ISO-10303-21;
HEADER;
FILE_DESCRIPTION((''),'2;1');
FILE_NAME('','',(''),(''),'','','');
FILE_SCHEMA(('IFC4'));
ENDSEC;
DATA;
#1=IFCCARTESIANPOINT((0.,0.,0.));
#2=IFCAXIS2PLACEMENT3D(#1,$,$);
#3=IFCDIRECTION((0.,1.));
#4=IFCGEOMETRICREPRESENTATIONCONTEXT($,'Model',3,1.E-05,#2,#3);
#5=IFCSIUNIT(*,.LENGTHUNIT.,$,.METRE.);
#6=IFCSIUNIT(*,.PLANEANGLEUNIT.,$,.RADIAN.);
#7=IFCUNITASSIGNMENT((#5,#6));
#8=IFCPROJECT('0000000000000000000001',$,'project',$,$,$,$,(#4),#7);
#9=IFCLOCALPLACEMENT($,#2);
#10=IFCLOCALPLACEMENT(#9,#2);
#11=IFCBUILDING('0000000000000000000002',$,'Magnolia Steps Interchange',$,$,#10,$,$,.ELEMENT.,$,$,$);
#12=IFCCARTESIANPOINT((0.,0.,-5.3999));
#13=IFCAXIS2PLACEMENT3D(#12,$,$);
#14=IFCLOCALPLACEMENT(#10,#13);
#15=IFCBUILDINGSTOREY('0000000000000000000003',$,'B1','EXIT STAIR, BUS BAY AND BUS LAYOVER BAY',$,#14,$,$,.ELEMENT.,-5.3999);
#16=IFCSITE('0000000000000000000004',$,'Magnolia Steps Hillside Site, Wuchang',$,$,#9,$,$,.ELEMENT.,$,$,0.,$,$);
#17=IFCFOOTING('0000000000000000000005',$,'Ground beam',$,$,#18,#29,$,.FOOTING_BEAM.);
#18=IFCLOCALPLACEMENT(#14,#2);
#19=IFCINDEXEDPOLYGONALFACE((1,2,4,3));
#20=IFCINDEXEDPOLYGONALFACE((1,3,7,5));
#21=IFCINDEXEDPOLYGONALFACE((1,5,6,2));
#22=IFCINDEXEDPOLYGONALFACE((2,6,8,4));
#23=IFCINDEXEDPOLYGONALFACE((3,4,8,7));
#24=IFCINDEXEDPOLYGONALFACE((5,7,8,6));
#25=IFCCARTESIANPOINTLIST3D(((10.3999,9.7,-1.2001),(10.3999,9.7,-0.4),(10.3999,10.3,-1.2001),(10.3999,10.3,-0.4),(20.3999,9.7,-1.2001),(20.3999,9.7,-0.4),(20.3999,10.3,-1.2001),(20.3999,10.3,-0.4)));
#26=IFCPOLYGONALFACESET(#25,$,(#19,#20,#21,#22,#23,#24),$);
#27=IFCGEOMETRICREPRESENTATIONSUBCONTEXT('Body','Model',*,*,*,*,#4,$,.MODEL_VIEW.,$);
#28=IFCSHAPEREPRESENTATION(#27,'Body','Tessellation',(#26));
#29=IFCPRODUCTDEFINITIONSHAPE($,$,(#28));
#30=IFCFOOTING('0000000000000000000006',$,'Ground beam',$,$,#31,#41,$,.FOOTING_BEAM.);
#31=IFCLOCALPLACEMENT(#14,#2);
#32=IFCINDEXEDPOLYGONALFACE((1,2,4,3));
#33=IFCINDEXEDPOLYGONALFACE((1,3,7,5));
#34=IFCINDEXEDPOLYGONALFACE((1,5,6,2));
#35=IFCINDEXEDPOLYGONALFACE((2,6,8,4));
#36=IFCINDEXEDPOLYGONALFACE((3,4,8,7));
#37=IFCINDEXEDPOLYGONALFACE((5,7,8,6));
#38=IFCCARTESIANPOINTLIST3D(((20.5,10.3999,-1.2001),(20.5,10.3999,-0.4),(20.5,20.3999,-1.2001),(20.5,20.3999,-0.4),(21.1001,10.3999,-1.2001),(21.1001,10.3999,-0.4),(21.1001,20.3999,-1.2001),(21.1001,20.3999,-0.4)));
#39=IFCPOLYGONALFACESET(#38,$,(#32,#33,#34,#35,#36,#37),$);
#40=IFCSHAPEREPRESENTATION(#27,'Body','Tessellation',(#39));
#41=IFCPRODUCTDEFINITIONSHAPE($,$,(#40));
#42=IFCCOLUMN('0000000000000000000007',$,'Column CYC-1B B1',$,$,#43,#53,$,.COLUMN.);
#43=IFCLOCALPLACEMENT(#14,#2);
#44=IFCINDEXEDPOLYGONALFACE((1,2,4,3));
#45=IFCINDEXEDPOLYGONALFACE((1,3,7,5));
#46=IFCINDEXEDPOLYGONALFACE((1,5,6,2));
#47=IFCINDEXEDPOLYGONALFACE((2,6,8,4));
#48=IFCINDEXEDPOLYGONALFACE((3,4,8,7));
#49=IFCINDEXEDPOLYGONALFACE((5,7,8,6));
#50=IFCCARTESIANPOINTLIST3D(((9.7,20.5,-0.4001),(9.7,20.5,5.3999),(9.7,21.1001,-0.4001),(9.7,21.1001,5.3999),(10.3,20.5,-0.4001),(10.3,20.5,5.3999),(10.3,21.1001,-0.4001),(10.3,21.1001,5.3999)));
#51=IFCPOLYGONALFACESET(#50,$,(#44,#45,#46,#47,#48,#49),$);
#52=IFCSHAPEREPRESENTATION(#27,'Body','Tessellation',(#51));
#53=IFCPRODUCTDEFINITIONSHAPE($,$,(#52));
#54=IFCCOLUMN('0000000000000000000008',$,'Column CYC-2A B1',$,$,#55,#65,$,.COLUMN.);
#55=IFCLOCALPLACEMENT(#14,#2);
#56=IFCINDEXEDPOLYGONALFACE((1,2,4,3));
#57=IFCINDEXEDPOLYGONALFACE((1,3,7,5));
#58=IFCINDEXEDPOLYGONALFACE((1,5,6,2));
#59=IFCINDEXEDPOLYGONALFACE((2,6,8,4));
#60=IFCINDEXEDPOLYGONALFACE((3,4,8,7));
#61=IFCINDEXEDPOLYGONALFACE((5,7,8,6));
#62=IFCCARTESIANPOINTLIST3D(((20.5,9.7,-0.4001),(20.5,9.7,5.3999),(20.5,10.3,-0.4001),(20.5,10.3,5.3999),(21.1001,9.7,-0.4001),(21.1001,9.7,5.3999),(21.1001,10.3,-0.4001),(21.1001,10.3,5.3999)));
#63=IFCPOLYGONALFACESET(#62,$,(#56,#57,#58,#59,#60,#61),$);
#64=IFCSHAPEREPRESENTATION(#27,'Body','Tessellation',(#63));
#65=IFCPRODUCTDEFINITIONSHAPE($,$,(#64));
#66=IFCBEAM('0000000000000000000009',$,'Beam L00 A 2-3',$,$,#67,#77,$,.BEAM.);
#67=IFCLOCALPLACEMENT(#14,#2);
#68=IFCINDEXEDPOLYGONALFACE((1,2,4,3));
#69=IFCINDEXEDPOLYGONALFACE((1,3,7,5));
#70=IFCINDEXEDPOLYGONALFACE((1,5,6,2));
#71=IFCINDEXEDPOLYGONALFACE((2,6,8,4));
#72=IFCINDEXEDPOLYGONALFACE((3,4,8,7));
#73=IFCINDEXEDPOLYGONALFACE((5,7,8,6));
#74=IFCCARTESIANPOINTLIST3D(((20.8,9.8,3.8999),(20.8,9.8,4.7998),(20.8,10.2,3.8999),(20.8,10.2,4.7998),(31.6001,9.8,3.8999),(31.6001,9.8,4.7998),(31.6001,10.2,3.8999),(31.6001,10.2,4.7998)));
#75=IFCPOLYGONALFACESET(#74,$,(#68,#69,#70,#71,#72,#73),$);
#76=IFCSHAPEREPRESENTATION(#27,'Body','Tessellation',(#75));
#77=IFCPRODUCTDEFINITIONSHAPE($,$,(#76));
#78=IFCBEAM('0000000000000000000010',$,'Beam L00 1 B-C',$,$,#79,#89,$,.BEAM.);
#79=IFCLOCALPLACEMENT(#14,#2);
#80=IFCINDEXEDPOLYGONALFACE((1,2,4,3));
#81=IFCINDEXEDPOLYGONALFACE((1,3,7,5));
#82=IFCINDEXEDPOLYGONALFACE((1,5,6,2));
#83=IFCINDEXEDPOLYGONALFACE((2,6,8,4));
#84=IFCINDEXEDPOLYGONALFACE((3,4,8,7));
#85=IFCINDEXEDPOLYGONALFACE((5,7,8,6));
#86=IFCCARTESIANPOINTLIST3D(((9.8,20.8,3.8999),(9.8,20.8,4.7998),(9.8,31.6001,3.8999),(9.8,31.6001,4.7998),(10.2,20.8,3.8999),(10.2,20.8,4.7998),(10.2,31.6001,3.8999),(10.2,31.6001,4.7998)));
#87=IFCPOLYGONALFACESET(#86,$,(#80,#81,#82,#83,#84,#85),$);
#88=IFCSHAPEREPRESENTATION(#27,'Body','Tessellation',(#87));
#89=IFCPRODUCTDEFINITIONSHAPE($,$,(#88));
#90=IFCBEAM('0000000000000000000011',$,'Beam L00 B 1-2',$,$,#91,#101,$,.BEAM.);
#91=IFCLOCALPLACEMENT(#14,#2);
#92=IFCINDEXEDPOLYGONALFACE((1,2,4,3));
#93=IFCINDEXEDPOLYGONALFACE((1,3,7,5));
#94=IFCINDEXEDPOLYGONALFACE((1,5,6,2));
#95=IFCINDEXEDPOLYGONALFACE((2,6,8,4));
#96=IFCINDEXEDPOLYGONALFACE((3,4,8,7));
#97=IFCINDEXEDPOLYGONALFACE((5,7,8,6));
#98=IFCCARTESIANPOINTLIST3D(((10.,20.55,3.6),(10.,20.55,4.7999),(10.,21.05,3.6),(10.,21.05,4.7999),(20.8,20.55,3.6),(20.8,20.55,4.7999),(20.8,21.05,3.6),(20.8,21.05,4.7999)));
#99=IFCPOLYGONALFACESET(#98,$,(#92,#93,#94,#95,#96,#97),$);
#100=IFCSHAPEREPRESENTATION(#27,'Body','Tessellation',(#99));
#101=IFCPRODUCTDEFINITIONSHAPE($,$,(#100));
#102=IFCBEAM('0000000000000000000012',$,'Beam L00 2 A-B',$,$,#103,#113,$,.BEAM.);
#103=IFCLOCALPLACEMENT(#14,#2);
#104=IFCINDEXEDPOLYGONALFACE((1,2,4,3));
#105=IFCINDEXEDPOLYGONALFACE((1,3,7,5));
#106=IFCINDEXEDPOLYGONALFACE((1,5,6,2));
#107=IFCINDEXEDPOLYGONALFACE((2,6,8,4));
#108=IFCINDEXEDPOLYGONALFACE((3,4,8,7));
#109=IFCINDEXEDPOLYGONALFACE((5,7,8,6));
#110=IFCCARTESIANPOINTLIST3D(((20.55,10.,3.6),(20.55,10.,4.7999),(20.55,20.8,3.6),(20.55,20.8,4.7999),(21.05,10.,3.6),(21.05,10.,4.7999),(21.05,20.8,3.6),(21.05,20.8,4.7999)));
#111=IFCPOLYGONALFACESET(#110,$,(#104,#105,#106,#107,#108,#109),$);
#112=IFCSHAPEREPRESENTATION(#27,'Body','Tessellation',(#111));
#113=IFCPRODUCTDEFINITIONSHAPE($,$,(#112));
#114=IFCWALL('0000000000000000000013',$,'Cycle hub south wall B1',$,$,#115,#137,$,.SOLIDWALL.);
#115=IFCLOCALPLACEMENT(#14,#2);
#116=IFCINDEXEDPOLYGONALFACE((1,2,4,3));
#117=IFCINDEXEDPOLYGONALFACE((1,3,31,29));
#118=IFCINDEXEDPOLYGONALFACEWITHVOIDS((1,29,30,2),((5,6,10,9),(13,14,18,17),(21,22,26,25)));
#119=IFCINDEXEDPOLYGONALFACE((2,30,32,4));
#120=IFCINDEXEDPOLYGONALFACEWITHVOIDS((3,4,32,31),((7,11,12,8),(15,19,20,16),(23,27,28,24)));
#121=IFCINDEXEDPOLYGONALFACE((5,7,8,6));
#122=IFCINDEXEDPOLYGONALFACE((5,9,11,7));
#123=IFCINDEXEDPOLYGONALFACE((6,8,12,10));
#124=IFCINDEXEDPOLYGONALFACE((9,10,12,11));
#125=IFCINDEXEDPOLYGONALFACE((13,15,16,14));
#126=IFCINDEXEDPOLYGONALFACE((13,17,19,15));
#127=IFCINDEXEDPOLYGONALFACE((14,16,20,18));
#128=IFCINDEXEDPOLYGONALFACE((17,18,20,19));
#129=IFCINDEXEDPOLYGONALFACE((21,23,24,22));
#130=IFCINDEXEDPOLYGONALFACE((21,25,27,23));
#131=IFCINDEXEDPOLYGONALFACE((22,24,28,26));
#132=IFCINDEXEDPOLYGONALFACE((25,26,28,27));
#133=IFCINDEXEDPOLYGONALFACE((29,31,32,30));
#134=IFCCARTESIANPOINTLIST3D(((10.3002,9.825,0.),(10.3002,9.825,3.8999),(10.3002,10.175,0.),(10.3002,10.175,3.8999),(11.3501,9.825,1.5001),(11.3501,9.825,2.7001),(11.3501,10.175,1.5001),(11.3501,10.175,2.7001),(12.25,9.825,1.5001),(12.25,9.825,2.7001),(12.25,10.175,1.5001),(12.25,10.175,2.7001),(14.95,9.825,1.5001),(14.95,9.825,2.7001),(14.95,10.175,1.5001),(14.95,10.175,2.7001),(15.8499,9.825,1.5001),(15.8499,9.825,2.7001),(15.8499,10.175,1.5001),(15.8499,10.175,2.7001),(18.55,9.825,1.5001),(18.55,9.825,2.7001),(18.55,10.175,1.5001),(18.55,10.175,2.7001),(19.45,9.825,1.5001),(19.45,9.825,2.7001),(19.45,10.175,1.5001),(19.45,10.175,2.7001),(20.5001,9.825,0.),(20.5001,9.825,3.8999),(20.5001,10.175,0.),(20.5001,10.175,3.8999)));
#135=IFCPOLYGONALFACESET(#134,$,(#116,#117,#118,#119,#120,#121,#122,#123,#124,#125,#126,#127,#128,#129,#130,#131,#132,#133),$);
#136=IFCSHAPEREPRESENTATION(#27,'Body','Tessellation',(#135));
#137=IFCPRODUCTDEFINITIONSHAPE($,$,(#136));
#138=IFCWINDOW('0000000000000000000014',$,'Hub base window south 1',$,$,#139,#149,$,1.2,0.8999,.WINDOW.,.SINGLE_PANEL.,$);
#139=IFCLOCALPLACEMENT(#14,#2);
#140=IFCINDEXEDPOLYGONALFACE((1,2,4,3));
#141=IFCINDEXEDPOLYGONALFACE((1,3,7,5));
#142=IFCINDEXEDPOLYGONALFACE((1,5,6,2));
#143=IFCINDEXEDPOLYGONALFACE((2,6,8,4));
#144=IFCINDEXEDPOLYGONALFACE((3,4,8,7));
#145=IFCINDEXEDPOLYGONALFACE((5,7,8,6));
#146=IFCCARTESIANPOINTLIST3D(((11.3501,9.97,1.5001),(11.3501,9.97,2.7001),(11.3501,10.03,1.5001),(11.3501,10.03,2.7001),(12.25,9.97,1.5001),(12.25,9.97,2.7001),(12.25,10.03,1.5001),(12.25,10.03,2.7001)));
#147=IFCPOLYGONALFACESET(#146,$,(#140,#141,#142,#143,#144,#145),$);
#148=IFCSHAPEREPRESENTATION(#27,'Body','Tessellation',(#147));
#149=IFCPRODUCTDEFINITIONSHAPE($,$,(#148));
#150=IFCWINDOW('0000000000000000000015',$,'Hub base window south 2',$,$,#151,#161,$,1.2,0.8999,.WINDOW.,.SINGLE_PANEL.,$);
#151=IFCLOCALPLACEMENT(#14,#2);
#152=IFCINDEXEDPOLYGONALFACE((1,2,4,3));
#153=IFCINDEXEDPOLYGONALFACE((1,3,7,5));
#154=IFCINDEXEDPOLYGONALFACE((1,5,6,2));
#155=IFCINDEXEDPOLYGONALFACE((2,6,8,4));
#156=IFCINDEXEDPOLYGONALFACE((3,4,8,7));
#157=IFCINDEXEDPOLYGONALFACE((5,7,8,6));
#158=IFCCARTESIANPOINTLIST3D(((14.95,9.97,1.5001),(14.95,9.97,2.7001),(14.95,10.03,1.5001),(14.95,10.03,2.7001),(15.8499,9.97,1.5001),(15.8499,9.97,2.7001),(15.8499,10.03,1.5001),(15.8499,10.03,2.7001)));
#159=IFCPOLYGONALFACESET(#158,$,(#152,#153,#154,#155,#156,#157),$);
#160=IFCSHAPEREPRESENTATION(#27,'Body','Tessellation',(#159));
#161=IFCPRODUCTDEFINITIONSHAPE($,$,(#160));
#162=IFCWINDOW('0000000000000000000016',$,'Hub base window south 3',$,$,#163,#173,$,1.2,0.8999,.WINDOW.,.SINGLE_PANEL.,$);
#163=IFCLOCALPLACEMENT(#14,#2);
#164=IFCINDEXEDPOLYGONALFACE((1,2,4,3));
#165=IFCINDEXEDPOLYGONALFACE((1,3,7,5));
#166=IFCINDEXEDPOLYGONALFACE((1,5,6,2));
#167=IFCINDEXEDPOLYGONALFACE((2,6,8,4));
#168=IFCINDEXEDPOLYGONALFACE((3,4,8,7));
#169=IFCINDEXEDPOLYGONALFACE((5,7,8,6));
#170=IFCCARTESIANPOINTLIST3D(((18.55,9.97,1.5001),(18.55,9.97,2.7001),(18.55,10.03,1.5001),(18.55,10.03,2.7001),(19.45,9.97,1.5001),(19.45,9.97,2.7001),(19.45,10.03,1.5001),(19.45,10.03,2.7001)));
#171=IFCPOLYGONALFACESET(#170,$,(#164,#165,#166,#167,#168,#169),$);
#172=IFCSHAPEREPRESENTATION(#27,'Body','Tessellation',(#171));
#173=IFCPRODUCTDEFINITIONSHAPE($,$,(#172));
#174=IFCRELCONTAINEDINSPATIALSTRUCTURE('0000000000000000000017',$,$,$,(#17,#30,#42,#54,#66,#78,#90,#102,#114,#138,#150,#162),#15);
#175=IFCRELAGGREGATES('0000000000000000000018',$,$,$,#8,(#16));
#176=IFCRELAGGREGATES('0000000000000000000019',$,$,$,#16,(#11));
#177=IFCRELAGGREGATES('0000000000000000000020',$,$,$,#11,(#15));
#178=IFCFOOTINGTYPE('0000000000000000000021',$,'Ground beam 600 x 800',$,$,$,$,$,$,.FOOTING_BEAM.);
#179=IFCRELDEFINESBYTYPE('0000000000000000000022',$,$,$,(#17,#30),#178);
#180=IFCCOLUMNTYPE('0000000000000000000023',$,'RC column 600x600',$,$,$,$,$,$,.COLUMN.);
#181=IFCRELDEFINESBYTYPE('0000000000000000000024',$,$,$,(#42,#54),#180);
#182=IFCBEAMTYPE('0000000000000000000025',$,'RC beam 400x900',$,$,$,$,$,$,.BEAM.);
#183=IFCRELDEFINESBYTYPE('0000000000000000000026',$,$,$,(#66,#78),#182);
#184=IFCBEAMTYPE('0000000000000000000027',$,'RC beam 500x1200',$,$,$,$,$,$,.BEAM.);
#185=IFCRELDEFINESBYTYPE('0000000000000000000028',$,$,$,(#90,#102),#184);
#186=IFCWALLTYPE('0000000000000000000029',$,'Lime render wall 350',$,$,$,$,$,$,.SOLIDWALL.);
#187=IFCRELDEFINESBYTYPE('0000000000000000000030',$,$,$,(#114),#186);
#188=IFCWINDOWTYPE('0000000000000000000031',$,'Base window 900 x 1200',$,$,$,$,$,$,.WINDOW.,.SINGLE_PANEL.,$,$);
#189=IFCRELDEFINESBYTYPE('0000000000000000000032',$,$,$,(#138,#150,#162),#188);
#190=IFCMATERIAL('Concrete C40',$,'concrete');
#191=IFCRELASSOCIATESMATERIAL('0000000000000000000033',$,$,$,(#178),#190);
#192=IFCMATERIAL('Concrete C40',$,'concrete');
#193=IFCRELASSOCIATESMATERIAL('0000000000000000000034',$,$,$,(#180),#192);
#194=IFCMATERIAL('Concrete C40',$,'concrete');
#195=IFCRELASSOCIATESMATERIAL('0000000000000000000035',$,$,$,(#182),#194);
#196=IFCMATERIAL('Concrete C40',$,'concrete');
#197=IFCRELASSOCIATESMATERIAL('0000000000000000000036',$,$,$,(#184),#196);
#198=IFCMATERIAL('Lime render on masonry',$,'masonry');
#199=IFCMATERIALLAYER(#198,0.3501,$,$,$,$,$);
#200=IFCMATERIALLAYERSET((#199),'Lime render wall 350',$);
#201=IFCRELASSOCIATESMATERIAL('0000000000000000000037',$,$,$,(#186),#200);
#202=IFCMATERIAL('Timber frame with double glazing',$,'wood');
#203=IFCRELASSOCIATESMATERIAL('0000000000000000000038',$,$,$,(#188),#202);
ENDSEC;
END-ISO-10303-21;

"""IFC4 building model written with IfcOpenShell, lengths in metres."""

from ifc_helpers import new_model, si_unit, direction, frame, frame_2d, origin, origin_2d, place, context, subcontext, project, spatial, rectangle, extrude, material, layer, layer_set, material_profile, profile_set, type_object, element, fill, save


model = new_model("IFC4")

# Units and contexts
model_context = context("Model", 3, precision=1e-05, world=origin(), true_north=direction((0.0, 1.0)))
body_context = subcontext(model_context, "Body", "Model", "MODEL_VIEW")
ifc_project = project(units=[si_unit("LENGTHUNIT", "METRE"), si_unit("PLANEANGLEUNIT", "RADIAN")], contexts=[model_context])

# Site, building, storey
site_placement = place(None, origin())
site = spatial("IfcSite", under=ifc_project, at=site_placement, Name="Magnolia Steps Hillside Site, Wuchang", CompositionType="ELEMENT", RefElevation=0.0)
building_placement = place(site_placement, origin())
building = spatial("IfcBuilding", under=site, at=building_placement, Name="Magnolia Steps Interchange", CompositionType="ELEMENT")
storey_placement = place(building_placement, frame((0.0, 0.0, -5.3999)))
storey = spatial("IfcBuildingStorey", under=building, at=storey_placement, Name="B1", Description="EXIT STAIR, BUS BAY AND BUS LAYOVER BAY", CompositionType="ELEMENT", Elevation=-5.3999)

# Footings
ifc_material_1 = material(Name="Concrete C40", Category="concrete")
ifc_material_profile_1 = material_profile(ifc_material_1, rectangle(XDim=0.6001, YDim=0.8, at=origin_2d()), Name="RC600x800")
ifc_profile_set_1 = profile_set([ifc_material_profile_1], Name="Concrete C40")
footing_type = type_object("IfcFootingType", Name="Ground beam 600 x 800", PredefinedType="FOOTING_BEAM", material=ifc_profile_set_1)
for number, where, z_axis, x_axis, name in (
    (1, (10.3999, 10.0, -0.8), (1.0, 0.0, 0.0), (0.0, 1.0, 0.0), "Ground beam"),
    (2, (20.8, 10.3999, -0.8), (0.0, 1.0, 0.0), (-1.0, 0.0, 0.0), "Ground beam"),
):
    element("IfcFooting", number, at=place(storey_placement, frame(where, z_axis=z_axis, x_axis=x_axis)), inside=storey, type_object=footing_type, Name=name, PredefinedType="FOOTING_BEAM", context=body_context, shape_type="SweptSolid", body=[
        extrude(rectangle(XDim=0.6001, YDim=0.8, at=origin_2d()), origin(), (0.0, 0.0, 1.0), 10.0),
    ])

# Columns
ifc_material_2 = material(Name="Concrete C40", Category="concrete")
ifc_material_profile_2 = material_profile(ifc_material_2, rectangle(XDim=0.6001, YDim=0.6001, at=origin_2d()), Name="RC600x600")
ifc_profile_set_2 = profile_set([ifc_material_profile_2], Name="Concrete C40")
column_type = type_object("IfcColumnType", Name="RC column 600x600", PredefinedType="COLUMN", material=ifc_profile_set_2)
for number, where, z_axis, x_axis, name in (
    (3, (10.0, 20.8, -0.4001), (0.0, 0.0, 1.0), (1.0, 0.0, 0.0), "Column CYC-1B B1"),
    (4, (20.8, 10.0, -0.4001), (0.0, 0.0, 1.0), (1.0, 0.0, 0.0), "Column CYC-2A B1"),
):
    element("IfcColumn", number, at=place(storey_placement, frame(where, z_axis=z_axis, x_axis=x_axis)), inside=storey, type_object=column_type, Name=name, PredefinedType="COLUMN", context=body_context, shape_type="SweptSolid", body=[
        extrude(rectangle(XDim=0.6001, YDim=0.6001, at=origin_2d()), origin(), (0.0, 0.0, 1.0), 5.8),
    ])

# Beams
ifc_material_3 = material(Name="Concrete C40", Category="concrete")
ifc_material_profile_3 = material_profile(ifc_material_3, rectangle(XDim=0.3999, YDim=0.8999, at=origin_2d()), Name="RC400x900")
ifc_profile_set_3 = profile_set([ifc_material_profile_3], Name="Concrete C40")
beam_type_1 = type_object("IfcBeamType", Name="RC beam 400x900", PredefinedType="BEAM", material=ifc_profile_set_3)
for number, where, z_axis, x_axis, name in (
    (5, (20.8, 10.0, 4.3499), (1.0, 0.0, 0.0), (0.0, 1.0, 0.0), "Beam L00 A 2-3"),
    (6, (10.0, 20.8, 4.3499), (0.0, 1.0, 0.0), (-1.0, 0.0, 0.0), "Beam L00 1 B-C"),
):
    element("IfcBeam", number, at=place(storey_placement, frame(where, z_axis=z_axis, x_axis=x_axis)), inside=storey, type_object=beam_type_1, Name=name, PredefinedType="BEAM", context=body_context, shape_type="SweptSolid", body=[
        extrude(rectangle(XDim=0.3999, YDim=0.8999, at=origin_2d()), origin(), (0.0, 0.0, 1.0), 10.8),
    ])
ifc_material_4 = material(Name="Concrete C40", Category="concrete")
ifc_material_profile_4 = material_profile(ifc_material_4, rectangle(XDim=0.5, YDim=1.2, at=origin_2d()), Name="RC500x1200")
ifc_profile_set_4 = profile_set([ifc_material_profile_4], Name="Concrete C40")
beam_type_2 = type_object("IfcBeamType", Name="RC beam 500x1200", PredefinedType="BEAM", material=ifc_profile_set_4)
for number, where, z_axis, x_axis, name in (
    (7, (10.0, 20.8, 4.2), (1.0, 0.0, 0.0), (0.0, 1.0, 0.0), "Beam L00 B 1-2"),
    (8, (20.8, 10.0, 4.2), (0.0, 1.0, 0.0), (-1.0, 0.0, 0.0), "Beam L00 2 A-B"),
):
    element("IfcBeam", number, at=place(storey_placement, frame(where, z_axis=z_axis, x_axis=x_axis)), inside=storey, type_object=beam_type_2, Name=name, PredefinedType="BEAM", context=body_context, shape_type="SweptSolid", body=[
        extrude(rectangle(XDim=0.5, YDim=1.2, at=origin_2d()), origin(), (0.0, 0.0, 1.0), 10.8),
    ])

# Wall, openings, windows
ifc_material_5 = material(Name="Lime render on masonry", Category="masonry")
ifc_layer_1 = layer(ifc_material_5, 0.3501)
ifc_layer_set_1 = layer_set([ifc_layer_1], Name="Lime render wall 350")
wall_type_1 = type_object("IfcWallType", Name="Lime render wall 350", PredefinedType="SOLIDWALL", material=ifc_layer_set_1)
wall_1_placement = place(storey_placement, frame((10.3, 10.0, 0.0), z_axis=(0.0, 0.0, 1.0), x_axis=(1.0, 0.0, 0.0)))
wall_1 = element("IfcWall", 9, at=wall_1_placement, inside=storey, type_object=wall_type_1, Name="Cycle hub south wall B1", PredefinedType="SOLIDWALL", context=body_context, shape_type="SweptSolid", body=[
    extrude(rectangle(XDim=10.2, YDim=0.3501, at=frame_2d((5.1001, 0.0))), origin(), (0.0, 0.0, 1.0), 3.8999),
])
opening_1_placement = place(wall_1_placement, frame((1.05, 0.0, 1.5)))
opening_1 = element("IfcOpeningElement", 10, at=opening_1_placement, cuts=wall_1, PredefinedType="OPENING", context=body_context, shape_type="SweptSolid", body=[
    extrude(rectangle(XDim=0.8999, YDim=1.2, at=frame_2d((0.45, 0.6001))), frame((0.0, 0.1851, 0.0), z_axis=(0.0, -1.0, 0.0), x_axis=(1.0, 0.0, 0.0)), (0.0, 0.0, 1.0), 0.3701),
])
opening_2_placement = place(wall_1_placement, frame((4.6499, 0.0, 1.5)))
opening_2 = element("IfcOpeningElement", 11, at=opening_2_placement, cuts=wall_1, PredefinedType="OPENING", context=body_context, shape_type="SweptSolid", body=[
    extrude(rectangle(XDim=0.8999, YDim=1.2, at=frame_2d((0.45, 0.6001))), frame((0.0, 0.1851, 0.0), z_axis=(0.0, -1.0, 0.0), x_axis=(1.0, 0.0, 0.0)), (0.0, 0.0, 1.0), 0.3701),
])
opening_3_placement = place(wall_1_placement, frame((8.25, 0.0, 1.5)))
opening_3 = element("IfcOpeningElement", 12, at=opening_3_placement, cuts=wall_1, PredefinedType="OPENING", context=body_context, shape_type="SweptSolid", body=[
    extrude(rectangle(XDim=0.8999, YDim=1.2, at=frame_2d((0.45, 0.6001))), frame((0.0, 0.1851, 0.0), z_axis=(0.0, -1.0, 0.0), x_axis=(1.0, 0.0, 0.0)), (0.0, 0.0, 1.0), 0.3701),
])
ifc_material_6 = material(Name="Timber frame with double glazing", Category="wood")
window_type = type_object("IfcWindowType", Name="Base window 900 x 1200", PartitioningType="SINGLE_PANEL", PredefinedType="WINDOW", material=ifc_material_6)
window_1_placement = place(opening_1_placement, origin())
window_1 = element("IfcWindow", 13, at=window_1_placement, inside=storey, type_object=window_type, Name="Hub base window south 1", OverallHeight=1.2, OverallWidth=0.8999, PartitioningType="SINGLE_PANEL", PredefinedType="WINDOW", context=body_context, shape_type="SweptSolid", body=[
    extrude(rectangle(XDim=0.8999, YDim=1.2, at=frame_2d((0.45, 0.6001))), frame((0.0, 0.03, 0.0), z_axis=(0.0, -1.0, 0.0), x_axis=(1.0, 0.0, 0.0)), (0.0, 0.0, 1.0), 0.0601),
])
fill(opening_1, window_1)
window_2_placement = place(opening_2_placement, origin())
window_2 = element("IfcWindow", 14, at=window_2_placement, inside=storey, type_object=window_type, Name="Hub base window south 2", OverallHeight=1.2, OverallWidth=0.8999, PartitioningType="SINGLE_PANEL", PredefinedType="WINDOW", context=body_context, shape_type="SweptSolid", body=[
    extrude(rectangle(XDim=0.8999, YDim=1.2, at=frame_2d((0.45, 0.6001))), frame((0.0, 0.03, 0.0), z_axis=(0.0, -1.0, 0.0), x_axis=(1.0, 0.0, 0.0)), (0.0, 0.0, 1.0), 0.0601),
])
fill(opening_2, window_2)
window_3_placement = place(opening_3_placement, origin())
window_3 = element("IfcWindow", 15, at=window_3_placement, inside=storey, type_object=window_type, Name="Hub base window south 3", OverallHeight=1.2, OverallWidth=0.8999, PartitioningType="SINGLE_PANEL", PredefinedType="WINDOW", context=body_context, shape_type="SweptSolid", body=[
    extrude(rectangle(XDim=0.8999, YDim=1.2, at=frame_2d((0.45, 0.6001))), frame((0.0, 0.03, 0.0), z_axis=(0.0, -1.0, 0.0), x_axis=(1.0, 0.0, 0.0)), (0.0, 0.0, 1.0), 0.0601),
])
fill(opening_3, window_3)

save(model, "model.ifc")
